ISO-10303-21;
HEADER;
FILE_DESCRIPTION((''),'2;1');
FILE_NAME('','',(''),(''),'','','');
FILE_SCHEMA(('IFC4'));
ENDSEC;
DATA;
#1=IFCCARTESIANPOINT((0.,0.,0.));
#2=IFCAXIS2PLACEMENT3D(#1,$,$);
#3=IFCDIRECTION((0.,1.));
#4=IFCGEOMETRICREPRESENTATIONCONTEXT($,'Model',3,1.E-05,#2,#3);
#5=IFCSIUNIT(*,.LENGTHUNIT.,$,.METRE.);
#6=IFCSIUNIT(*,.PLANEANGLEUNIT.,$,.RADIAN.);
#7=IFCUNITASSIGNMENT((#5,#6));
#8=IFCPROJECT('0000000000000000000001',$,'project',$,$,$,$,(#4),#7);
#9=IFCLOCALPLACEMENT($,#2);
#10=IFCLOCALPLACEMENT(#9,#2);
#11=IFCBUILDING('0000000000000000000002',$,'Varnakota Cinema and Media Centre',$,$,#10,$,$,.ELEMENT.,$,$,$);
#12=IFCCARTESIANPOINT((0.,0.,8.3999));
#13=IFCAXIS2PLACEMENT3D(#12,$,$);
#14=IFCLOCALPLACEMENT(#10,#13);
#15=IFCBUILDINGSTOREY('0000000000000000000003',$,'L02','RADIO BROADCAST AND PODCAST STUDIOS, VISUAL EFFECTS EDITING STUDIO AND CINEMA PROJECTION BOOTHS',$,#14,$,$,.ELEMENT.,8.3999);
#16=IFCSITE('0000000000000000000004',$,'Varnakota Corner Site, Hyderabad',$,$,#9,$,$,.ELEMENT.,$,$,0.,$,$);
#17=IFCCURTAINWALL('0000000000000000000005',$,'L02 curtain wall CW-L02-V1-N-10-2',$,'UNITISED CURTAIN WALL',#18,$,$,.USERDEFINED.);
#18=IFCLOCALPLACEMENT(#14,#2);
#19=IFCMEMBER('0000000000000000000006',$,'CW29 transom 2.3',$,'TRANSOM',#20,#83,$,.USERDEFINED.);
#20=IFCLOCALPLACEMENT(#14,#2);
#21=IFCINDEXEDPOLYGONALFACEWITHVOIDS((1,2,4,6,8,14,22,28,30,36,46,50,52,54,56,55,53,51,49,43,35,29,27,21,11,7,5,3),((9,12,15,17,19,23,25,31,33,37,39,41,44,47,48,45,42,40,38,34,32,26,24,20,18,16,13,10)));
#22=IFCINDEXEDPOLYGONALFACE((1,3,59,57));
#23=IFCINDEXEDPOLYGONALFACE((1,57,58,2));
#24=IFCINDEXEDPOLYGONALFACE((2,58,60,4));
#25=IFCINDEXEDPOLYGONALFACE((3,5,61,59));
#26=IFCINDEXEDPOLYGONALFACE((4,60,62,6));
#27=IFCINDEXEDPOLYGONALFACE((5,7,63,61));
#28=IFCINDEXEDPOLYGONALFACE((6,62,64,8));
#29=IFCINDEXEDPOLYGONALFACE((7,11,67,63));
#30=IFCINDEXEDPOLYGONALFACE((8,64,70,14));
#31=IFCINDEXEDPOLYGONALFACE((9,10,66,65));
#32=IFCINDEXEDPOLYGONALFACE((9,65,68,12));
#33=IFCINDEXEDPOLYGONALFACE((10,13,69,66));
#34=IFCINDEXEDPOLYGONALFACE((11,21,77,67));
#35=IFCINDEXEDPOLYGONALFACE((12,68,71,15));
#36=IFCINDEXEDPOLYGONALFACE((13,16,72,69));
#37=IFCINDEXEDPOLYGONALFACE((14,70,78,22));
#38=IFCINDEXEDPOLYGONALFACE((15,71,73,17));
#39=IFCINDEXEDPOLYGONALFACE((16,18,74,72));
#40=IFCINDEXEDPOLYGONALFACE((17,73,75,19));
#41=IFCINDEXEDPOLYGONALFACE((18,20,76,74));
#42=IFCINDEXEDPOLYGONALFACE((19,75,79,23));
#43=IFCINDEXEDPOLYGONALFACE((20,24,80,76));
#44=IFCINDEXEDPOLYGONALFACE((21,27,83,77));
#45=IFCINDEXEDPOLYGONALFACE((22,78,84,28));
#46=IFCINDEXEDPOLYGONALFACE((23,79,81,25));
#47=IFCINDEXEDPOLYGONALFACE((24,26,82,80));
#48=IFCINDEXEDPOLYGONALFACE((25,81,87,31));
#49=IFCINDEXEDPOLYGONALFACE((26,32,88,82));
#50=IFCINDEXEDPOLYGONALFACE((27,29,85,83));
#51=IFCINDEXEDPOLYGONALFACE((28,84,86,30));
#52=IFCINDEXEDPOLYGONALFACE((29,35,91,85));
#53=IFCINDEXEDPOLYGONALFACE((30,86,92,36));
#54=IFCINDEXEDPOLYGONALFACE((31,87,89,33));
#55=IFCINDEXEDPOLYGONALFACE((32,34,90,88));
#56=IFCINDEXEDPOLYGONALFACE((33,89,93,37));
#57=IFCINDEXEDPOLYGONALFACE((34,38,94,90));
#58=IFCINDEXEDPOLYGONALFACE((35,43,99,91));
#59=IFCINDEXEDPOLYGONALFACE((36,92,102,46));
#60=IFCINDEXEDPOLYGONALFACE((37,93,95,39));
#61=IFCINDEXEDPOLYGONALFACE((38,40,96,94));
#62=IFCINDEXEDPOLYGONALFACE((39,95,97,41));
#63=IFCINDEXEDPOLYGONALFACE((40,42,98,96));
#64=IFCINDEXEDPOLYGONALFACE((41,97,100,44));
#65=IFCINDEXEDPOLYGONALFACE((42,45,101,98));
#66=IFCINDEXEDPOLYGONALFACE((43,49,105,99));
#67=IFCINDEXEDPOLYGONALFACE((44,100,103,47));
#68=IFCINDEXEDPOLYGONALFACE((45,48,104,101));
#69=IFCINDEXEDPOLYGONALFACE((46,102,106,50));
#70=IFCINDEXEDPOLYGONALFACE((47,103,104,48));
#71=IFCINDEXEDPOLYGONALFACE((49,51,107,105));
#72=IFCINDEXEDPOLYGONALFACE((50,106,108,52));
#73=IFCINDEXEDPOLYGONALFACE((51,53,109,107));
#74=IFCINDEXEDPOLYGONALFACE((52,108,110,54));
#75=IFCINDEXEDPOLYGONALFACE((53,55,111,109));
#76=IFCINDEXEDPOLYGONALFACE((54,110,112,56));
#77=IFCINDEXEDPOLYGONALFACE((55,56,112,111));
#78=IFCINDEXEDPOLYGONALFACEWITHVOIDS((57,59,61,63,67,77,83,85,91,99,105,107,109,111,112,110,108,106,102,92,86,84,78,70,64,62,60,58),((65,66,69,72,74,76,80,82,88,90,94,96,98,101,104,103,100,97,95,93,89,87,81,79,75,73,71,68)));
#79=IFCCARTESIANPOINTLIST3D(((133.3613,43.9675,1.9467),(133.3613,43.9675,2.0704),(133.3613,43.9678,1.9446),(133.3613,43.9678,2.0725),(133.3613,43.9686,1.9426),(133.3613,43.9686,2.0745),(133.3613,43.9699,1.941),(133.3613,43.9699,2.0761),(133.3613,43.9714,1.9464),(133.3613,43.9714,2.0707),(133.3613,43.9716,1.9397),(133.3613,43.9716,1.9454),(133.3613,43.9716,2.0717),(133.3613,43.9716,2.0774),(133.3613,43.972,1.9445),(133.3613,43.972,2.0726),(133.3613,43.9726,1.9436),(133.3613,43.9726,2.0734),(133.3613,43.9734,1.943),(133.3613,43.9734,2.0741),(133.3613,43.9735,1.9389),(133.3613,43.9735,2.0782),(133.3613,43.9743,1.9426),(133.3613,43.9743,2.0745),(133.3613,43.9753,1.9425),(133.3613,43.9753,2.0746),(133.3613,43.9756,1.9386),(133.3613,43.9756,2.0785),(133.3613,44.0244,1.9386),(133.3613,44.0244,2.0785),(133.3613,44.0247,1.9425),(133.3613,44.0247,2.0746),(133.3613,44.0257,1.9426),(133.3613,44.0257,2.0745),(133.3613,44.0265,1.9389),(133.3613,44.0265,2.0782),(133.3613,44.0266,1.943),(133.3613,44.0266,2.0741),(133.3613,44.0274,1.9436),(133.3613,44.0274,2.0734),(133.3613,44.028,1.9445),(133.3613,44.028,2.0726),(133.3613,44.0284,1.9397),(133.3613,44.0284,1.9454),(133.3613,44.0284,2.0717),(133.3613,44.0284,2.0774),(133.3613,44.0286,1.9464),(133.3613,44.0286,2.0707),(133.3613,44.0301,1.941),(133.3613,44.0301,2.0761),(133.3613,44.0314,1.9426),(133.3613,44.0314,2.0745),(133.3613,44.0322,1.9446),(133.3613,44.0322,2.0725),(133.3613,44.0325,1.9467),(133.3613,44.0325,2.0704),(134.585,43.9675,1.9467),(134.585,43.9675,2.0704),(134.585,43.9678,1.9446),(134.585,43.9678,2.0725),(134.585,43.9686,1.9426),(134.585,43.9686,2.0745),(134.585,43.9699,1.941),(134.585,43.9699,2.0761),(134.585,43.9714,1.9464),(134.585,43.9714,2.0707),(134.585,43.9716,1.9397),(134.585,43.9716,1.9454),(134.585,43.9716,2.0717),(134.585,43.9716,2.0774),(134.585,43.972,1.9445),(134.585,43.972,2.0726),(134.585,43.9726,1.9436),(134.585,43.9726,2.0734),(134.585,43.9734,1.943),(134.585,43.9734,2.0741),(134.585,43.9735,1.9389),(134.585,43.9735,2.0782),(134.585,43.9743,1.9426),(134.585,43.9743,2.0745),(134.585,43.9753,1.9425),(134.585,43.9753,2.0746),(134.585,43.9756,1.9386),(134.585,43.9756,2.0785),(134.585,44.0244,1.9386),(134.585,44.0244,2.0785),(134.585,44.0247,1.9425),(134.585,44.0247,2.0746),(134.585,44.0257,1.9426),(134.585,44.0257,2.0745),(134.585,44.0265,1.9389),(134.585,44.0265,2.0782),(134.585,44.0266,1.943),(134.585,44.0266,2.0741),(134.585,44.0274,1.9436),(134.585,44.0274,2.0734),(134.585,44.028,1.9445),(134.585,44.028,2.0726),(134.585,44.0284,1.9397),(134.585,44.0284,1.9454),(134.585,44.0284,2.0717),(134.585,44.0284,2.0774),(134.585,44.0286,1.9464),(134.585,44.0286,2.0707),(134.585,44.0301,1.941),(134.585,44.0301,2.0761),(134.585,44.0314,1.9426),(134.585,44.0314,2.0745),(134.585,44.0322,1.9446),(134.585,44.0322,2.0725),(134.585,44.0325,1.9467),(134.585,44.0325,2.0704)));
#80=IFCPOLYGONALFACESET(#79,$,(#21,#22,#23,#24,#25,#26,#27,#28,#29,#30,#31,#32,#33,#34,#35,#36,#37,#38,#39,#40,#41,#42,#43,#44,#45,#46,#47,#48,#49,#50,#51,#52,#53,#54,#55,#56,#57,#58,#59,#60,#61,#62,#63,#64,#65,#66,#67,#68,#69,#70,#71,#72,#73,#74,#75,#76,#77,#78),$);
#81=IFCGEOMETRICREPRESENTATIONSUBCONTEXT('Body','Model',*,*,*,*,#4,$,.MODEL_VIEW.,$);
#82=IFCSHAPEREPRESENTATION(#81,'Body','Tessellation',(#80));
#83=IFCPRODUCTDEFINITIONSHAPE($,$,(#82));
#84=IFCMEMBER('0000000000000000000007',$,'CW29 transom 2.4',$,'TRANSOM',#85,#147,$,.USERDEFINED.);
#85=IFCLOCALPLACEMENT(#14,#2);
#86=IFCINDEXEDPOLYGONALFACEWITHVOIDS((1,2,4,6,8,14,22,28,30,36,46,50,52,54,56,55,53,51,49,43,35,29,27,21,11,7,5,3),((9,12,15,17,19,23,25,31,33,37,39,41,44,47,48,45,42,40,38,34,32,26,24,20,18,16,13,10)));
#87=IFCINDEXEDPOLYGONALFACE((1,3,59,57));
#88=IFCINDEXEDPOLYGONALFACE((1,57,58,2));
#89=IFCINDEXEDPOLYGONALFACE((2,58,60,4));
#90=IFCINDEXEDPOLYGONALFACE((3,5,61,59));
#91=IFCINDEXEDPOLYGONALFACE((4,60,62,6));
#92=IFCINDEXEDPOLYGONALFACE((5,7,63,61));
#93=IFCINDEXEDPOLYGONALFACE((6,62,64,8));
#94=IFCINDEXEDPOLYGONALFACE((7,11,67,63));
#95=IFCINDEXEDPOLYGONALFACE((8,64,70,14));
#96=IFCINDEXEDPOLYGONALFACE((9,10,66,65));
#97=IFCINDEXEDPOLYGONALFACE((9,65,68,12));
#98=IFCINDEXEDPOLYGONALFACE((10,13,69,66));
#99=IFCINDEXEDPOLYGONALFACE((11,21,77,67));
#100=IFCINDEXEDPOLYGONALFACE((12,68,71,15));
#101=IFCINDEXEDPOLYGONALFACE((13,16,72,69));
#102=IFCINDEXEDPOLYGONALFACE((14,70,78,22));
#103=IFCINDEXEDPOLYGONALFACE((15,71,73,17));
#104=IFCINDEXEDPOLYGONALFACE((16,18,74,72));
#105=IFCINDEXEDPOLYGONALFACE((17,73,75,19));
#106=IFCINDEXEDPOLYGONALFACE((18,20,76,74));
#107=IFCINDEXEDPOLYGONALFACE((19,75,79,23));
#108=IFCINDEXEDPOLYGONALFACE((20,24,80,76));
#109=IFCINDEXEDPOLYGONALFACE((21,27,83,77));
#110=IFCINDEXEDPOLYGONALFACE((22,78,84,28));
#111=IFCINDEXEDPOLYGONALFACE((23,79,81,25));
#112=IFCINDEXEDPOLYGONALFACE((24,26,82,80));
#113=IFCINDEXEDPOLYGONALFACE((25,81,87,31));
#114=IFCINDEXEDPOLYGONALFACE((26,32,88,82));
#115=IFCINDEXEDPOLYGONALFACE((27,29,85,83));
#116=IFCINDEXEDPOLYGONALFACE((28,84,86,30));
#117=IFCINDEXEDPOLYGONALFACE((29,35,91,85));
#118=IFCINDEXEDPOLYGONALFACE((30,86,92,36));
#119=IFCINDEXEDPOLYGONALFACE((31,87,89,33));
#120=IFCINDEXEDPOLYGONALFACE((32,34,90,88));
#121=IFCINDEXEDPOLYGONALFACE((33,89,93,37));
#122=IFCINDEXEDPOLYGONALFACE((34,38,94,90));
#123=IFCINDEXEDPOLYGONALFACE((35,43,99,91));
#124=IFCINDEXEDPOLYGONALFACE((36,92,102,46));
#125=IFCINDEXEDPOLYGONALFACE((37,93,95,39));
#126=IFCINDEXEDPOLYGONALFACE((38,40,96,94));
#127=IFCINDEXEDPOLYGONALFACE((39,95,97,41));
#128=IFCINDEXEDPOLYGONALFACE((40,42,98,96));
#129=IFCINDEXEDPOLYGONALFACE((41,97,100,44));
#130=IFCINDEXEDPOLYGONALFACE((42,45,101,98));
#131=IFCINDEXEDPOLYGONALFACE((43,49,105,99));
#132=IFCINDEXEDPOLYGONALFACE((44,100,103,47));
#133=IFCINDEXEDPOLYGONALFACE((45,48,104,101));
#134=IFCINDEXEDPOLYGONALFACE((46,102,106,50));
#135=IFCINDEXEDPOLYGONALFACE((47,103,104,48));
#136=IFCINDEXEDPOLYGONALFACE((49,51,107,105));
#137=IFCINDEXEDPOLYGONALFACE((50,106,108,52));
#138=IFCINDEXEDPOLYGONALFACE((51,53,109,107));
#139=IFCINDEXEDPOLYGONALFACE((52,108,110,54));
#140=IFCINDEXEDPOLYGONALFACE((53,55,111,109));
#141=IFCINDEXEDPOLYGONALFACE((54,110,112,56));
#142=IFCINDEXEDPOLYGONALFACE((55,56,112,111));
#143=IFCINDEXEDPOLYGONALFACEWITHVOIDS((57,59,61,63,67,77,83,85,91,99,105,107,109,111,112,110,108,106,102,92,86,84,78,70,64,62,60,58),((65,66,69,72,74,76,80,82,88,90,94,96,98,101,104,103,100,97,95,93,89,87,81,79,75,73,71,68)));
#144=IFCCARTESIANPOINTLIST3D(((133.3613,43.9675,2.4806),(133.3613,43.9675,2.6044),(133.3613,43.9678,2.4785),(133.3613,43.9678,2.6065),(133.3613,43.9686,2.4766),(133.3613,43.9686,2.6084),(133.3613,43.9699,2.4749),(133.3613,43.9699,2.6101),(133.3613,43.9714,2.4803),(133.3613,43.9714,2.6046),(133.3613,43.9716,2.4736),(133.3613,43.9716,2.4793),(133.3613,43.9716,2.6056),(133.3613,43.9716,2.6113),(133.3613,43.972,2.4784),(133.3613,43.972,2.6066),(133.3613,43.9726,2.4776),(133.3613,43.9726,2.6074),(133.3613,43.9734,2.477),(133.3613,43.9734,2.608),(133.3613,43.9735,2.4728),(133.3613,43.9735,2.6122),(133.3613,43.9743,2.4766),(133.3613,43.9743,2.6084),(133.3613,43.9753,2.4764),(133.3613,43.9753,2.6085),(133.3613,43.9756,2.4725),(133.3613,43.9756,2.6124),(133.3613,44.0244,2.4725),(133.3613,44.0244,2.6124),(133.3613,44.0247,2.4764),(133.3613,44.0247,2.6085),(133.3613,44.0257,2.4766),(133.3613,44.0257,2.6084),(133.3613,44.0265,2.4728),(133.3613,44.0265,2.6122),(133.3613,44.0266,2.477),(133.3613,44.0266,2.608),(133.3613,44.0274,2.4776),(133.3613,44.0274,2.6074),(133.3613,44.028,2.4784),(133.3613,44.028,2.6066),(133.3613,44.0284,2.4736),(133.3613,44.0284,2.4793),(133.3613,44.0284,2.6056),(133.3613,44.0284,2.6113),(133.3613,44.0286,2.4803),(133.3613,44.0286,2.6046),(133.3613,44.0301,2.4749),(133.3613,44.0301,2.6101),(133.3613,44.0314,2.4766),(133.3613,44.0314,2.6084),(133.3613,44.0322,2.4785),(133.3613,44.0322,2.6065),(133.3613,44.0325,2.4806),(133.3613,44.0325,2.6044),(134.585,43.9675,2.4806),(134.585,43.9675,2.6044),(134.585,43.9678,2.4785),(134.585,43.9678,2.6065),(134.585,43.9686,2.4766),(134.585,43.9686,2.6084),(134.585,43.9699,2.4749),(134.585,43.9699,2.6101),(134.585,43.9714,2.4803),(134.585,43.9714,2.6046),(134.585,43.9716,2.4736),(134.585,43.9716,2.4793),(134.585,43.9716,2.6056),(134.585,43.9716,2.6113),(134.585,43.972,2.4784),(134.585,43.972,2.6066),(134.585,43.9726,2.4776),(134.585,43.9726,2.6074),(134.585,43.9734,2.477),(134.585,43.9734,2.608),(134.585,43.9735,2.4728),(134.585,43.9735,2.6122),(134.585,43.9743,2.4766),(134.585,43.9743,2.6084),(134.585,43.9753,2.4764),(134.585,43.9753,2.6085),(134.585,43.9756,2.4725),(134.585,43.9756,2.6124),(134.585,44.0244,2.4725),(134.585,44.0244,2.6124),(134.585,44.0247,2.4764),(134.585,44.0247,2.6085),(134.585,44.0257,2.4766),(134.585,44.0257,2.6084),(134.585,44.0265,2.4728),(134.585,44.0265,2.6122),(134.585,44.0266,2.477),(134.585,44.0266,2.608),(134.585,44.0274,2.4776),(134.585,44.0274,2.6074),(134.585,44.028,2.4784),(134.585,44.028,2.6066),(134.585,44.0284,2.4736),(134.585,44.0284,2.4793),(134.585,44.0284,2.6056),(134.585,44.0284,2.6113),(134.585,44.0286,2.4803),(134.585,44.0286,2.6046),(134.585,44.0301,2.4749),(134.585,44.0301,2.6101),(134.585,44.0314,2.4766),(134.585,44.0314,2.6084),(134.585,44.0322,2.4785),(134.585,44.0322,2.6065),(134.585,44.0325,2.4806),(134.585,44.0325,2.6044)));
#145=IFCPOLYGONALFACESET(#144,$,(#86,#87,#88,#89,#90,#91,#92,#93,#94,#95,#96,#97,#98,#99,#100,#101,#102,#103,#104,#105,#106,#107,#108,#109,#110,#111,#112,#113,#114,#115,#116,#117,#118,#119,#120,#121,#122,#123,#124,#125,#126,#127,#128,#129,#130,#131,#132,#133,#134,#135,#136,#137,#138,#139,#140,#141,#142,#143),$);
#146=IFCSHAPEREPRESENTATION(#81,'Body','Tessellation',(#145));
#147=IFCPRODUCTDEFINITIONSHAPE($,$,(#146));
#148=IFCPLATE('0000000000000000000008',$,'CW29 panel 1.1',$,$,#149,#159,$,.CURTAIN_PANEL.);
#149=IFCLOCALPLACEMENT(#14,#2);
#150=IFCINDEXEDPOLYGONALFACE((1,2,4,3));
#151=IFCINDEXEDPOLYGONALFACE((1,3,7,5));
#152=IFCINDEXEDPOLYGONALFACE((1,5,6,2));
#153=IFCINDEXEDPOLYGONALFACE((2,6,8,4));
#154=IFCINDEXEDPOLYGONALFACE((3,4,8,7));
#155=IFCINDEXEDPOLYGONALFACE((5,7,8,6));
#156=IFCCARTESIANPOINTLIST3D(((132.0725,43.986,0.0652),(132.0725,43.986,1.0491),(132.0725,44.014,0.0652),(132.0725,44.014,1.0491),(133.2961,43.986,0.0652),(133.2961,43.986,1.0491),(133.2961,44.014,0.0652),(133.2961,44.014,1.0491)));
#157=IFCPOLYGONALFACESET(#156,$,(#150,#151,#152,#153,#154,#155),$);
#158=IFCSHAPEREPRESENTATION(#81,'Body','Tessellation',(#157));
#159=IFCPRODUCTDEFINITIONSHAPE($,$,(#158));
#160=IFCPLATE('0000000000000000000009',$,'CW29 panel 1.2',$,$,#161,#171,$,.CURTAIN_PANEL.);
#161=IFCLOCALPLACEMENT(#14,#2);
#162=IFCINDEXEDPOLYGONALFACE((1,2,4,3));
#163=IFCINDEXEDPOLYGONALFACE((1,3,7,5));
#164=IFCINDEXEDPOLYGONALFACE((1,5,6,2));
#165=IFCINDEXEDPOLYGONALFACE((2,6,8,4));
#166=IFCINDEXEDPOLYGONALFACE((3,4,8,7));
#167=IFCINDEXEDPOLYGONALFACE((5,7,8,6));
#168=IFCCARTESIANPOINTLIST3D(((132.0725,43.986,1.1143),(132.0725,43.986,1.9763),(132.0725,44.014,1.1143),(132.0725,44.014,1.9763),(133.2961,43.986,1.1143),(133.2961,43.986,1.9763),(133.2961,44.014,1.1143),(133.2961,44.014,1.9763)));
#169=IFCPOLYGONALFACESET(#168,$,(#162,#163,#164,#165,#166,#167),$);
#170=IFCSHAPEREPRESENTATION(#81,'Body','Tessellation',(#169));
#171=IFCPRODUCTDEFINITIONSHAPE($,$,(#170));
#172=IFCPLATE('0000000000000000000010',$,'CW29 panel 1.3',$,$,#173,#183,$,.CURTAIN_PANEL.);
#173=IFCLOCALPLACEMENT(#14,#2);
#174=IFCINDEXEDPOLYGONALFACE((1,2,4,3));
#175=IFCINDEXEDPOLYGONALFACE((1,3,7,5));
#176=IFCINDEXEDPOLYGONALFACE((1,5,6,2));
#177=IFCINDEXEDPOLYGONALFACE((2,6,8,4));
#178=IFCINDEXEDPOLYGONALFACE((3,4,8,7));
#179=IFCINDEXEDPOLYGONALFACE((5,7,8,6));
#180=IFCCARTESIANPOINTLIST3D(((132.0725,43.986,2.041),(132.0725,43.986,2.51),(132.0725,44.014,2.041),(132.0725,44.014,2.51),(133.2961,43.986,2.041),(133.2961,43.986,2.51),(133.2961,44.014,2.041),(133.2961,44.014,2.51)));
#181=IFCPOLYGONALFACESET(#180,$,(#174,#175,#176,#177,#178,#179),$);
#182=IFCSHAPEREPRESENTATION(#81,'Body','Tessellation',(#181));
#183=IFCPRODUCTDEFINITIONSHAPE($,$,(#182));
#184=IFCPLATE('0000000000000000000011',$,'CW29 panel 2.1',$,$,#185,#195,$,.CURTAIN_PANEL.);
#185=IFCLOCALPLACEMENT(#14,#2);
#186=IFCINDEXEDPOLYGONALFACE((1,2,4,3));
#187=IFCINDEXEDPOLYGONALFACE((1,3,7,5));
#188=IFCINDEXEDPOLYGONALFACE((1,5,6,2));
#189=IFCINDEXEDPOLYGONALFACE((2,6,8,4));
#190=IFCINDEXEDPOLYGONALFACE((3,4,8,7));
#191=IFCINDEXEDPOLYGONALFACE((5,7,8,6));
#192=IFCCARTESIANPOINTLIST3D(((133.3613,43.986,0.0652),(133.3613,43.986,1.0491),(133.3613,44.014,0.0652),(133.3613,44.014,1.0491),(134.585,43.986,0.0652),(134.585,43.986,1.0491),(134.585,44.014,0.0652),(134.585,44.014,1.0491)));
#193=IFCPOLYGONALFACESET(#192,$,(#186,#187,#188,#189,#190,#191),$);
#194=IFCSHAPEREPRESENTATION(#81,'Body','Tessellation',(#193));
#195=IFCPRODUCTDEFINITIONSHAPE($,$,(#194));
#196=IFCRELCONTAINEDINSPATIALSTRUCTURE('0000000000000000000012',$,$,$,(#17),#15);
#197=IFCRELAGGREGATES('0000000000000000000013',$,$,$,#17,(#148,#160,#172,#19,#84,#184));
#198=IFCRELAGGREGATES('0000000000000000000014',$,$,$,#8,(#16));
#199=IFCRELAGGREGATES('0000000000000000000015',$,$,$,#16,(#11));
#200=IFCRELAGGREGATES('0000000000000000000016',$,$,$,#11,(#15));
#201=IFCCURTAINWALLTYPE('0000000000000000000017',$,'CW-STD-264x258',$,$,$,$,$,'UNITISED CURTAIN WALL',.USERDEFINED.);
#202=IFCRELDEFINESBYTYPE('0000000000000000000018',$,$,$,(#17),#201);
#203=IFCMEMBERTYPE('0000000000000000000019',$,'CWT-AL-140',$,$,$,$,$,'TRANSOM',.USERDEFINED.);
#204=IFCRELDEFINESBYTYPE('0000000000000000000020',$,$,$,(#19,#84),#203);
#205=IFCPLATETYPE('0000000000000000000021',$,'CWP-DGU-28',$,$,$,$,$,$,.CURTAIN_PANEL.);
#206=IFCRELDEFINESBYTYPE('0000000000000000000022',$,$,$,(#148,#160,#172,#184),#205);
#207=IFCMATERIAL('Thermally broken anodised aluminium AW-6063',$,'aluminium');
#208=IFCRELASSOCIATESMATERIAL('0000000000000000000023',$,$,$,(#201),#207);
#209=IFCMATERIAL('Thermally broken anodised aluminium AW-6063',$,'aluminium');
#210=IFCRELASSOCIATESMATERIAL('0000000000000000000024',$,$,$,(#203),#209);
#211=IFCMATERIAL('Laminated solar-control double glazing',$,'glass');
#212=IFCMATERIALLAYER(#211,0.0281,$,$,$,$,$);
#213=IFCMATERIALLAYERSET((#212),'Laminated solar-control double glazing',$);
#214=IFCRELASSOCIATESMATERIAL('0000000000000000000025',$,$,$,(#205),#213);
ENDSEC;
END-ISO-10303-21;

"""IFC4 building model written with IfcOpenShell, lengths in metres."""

from ifc_helpers import new_model, si_unit, direction, frame, origin, origin_2d, place, context, subcontext, project, spatial, rectangle, hollow_rectangle, extrude, material, layer, layer_set, material_profile, profile_set, type_object, element, aggregate, save


model = new_model("IFC4")

# Units and contexts
model_context = context("Model", 3, precision=1e-05, world=origin(), true_north=direction((0.0, 1.0)))
body_context = subcontext(model_context, "Body", "Model", "MODEL_VIEW")
ifc_project = project(units=[si_unit("LENGTHUNIT", "METRE"), si_unit("PLANEANGLEUNIT", "RADIAN")], contexts=[model_context])

# Site, building, storey
site_placement = place(None, origin())
site = spatial("IfcSite", under=ifc_project, at=site_placement, Name="Varnakota Corner Site, Hyderabad", CompositionType="ELEMENT", RefElevation=0.0)
building_placement = place(site_placement, origin())
building = spatial("IfcBuilding", under=site, at=building_placement, Name="Varnakota Cinema and Media Centre", CompositionType="ELEMENT")
storey_placement = place(building_placement, frame((0.0, 0.0, 8.3999)))
storey = spatial("IfcBuildingStorey", under=building, at=storey_placement, Name="L02", Description="RADIO BROADCAST AND PODCAST STUDIOS, VISUAL EFFECTS EDITING STUDIO AND CINEMA PROJECTION BOOTHS", CompositionType="ELEMENT", Elevation=8.3999)

# Curtain wall, members, plates
ifc_material_1 = material(Name="Thermally broken anodised aluminium AW-6063", Category="aluminium")
curtain_wall_type = type_object("IfcCurtainWallType", Name="CW-STD-264x258", ElementType="UNITISED CURTAIN WALL", PredefinedType="USERDEFINED", material=ifc_material_1)
curtain_wall_placement = place(storey_placement, origin())
curtain_wall = element("IfcCurtainWall", 1, at=curtain_wall_placement, inside=storey, type_object=curtain_wall_type, Name="L02 curtain wall CW-L02-V1-N-10-2", ObjectType="UNITISED CURTAIN WALL", PredefinedType="USERDEFINED")
ifc_material_2 = material(Name="Thermally broken anodised aluminium AW-6063", Category="aluminium")
ifc_material_profile_1 = material_profile(ifc_material_2, hollow_rectangle(XDim=0.0649, YDim=0.1399, WallThickness=0.0039, InnerFilletRadius=0.0039, OuterFilletRadius=0.0081, at=origin_2d()), Name="AL-TRANSOM 140x65x4")
ifc_profile_set_1 = profile_set([ifc_material_profile_1], Name="Thermally broken anodised aluminium AW-6063")
member_type_1 = type_object("IfcMemberType", Name="CWT-AL-140", ElementType="TRANSOM", PredefinedType="USERDEFINED", material=ifc_profile_set_1)
member_1_placement = place(storey_placement, frame((133.3613, 44.0, 2.0085), z_axis=(1.0, 0.0, 0.0), x_axis=(0.0, 1.0, 0.0)))
member_1 = element("IfcMember", 2, at=member_1_placement, type_object=member_type_1, Name="CW29 transom 2.3", ObjectType="TRANSOM", PredefinedType="USERDEFINED", context=body_context, shape_type="SweptSolid", body=[
    extrude(hollow_rectangle(XDim=0.0649, YDim=0.1399, WallThickness=0.0039, InnerFilletRadius=0.0039, OuterFilletRadius=0.0081, at=origin_2d()), origin(), (0.0, 0.0, 1.0), 1.2236),
])
member_2_placement = place(storey_placement, frame((133.3613, 44.0, 2.5425), z_axis=(1.0, 0.0, 0.0), x_axis=(0.0, 1.0, 0.0)))
member_2 = element("IfcMember", 3, at=member_2_placement, type_object=member_type_1, Name="CW29 transom 2.4", ObjectType="TRANSOM", PredefinedType="USERDEFINED", context=body_context, shape_type="SweptSolid", body=[
    extrude(hollow_rectangle(XDim=0.0649, YDim=0.1399, WallThickness=0.0039, InnerFilletRadius=0.0039, OuterFilletRadius=0.0081, at=origin_2d()), origin(), (0.0, 0.0, 1.0), 1.2236),
])
ifc_material_3 = material(Name="Laminated solar-control double glazing", Category="glass")
ifc_layer_1 = layer(ifc_material_3, 0.0281)
ifc_layer_set_1 = layer_set([ifc_layer_1], Name="Laminated solar-control double glazing")
plate_type = type_object("IfcPlateType", Name="CWP-DGU-28", PredefinedType="CURTAIN_PANEL", material=ifc_layer_set_1)
plate_1_placement = place(storey_placement, frame((132.6843, 44.0, 0.0652), z_axis=(0.0, 0.0, 1.0), x_axis=(1.0, 0.0, 0.0)))
plate_1 = element("IfcPlate", 4, at=plate_1_placement, type_object=plate_type, Name="CW29 panel 1.1", PredefinedType="CURTAIN_PANEL", context=body_context, shape_type="SweptSolid", body=[
    extrude(rectangle(XDim=1.2236, YDim=0.0281, at=origin_2d()), origin(), (0.0, 0.0, 1.0), 0.9839),
])
plate_2_placement = place(storey_placement, frame((132.6843, 44.0, 1.1143), z_axis=(0.0, 0.0, 1.0), x_axis=(1.0, 0.0, 0.0)))
plate_2 = element("IfcPlate", 5, at=plate_2_placement, type_object=plate_type, Name="CW29 panel 1.2", PredefinedType="CURTAIN_PANEL", context=body_context, shape_type="SweptSolid", body=[
    extrude(rectangle(XDim=1.2236, YDim=0.0281, at=origin_2d()), origin(), (0.0, 0.0, 1.0), 0.8621),
])
plate_3_placement = place(storey_placement, frame((132.6843, 44.0, 2.041), z_axis=(0.0, 0.0, 1.0), x_axis=(1.0, 0.0, 0.0)))
plate_3 = element("IfcPlate", 6, at=plate_3_placement, type_object=plate_type, Name="CW29 panel 1.3", PredefinedType="CURTAIN_PANEL", context=body_context, shape_type="SweptSolid", body=[
    extrude(rectangle(XDim=1.2236, YDim=0.0281, at=origin_2d()), origin(), (0.0, 0.0, 1.0), 0.469),
])
plate_4_placement = place(storey_placement, frame((133.9731, 44.0, 0.0652), z_axis=(0.0, 0.0, 1.0), x_axis=(1.0, 0.0, 0.0)))
plate_4 = element("IfcPlate", 7, at=plate_4_placement, type_object=plate_type, Name="CW29 panel 2.1", PredefinedType="CURTAIN_PANEL", context=body_context, shape_type="SweptSolid", body=[
    extrude(rectangle(XDim=1.2236, YDim=0.0281, at=origin_2d()), origin(), (0.0, 0.0, 1.0), 0.9839),
])
aggregate(curtain_wall, [plate_1, plate_2, plate_3, member_1, member_2, plate_4])

save(model, "model.ifc")
